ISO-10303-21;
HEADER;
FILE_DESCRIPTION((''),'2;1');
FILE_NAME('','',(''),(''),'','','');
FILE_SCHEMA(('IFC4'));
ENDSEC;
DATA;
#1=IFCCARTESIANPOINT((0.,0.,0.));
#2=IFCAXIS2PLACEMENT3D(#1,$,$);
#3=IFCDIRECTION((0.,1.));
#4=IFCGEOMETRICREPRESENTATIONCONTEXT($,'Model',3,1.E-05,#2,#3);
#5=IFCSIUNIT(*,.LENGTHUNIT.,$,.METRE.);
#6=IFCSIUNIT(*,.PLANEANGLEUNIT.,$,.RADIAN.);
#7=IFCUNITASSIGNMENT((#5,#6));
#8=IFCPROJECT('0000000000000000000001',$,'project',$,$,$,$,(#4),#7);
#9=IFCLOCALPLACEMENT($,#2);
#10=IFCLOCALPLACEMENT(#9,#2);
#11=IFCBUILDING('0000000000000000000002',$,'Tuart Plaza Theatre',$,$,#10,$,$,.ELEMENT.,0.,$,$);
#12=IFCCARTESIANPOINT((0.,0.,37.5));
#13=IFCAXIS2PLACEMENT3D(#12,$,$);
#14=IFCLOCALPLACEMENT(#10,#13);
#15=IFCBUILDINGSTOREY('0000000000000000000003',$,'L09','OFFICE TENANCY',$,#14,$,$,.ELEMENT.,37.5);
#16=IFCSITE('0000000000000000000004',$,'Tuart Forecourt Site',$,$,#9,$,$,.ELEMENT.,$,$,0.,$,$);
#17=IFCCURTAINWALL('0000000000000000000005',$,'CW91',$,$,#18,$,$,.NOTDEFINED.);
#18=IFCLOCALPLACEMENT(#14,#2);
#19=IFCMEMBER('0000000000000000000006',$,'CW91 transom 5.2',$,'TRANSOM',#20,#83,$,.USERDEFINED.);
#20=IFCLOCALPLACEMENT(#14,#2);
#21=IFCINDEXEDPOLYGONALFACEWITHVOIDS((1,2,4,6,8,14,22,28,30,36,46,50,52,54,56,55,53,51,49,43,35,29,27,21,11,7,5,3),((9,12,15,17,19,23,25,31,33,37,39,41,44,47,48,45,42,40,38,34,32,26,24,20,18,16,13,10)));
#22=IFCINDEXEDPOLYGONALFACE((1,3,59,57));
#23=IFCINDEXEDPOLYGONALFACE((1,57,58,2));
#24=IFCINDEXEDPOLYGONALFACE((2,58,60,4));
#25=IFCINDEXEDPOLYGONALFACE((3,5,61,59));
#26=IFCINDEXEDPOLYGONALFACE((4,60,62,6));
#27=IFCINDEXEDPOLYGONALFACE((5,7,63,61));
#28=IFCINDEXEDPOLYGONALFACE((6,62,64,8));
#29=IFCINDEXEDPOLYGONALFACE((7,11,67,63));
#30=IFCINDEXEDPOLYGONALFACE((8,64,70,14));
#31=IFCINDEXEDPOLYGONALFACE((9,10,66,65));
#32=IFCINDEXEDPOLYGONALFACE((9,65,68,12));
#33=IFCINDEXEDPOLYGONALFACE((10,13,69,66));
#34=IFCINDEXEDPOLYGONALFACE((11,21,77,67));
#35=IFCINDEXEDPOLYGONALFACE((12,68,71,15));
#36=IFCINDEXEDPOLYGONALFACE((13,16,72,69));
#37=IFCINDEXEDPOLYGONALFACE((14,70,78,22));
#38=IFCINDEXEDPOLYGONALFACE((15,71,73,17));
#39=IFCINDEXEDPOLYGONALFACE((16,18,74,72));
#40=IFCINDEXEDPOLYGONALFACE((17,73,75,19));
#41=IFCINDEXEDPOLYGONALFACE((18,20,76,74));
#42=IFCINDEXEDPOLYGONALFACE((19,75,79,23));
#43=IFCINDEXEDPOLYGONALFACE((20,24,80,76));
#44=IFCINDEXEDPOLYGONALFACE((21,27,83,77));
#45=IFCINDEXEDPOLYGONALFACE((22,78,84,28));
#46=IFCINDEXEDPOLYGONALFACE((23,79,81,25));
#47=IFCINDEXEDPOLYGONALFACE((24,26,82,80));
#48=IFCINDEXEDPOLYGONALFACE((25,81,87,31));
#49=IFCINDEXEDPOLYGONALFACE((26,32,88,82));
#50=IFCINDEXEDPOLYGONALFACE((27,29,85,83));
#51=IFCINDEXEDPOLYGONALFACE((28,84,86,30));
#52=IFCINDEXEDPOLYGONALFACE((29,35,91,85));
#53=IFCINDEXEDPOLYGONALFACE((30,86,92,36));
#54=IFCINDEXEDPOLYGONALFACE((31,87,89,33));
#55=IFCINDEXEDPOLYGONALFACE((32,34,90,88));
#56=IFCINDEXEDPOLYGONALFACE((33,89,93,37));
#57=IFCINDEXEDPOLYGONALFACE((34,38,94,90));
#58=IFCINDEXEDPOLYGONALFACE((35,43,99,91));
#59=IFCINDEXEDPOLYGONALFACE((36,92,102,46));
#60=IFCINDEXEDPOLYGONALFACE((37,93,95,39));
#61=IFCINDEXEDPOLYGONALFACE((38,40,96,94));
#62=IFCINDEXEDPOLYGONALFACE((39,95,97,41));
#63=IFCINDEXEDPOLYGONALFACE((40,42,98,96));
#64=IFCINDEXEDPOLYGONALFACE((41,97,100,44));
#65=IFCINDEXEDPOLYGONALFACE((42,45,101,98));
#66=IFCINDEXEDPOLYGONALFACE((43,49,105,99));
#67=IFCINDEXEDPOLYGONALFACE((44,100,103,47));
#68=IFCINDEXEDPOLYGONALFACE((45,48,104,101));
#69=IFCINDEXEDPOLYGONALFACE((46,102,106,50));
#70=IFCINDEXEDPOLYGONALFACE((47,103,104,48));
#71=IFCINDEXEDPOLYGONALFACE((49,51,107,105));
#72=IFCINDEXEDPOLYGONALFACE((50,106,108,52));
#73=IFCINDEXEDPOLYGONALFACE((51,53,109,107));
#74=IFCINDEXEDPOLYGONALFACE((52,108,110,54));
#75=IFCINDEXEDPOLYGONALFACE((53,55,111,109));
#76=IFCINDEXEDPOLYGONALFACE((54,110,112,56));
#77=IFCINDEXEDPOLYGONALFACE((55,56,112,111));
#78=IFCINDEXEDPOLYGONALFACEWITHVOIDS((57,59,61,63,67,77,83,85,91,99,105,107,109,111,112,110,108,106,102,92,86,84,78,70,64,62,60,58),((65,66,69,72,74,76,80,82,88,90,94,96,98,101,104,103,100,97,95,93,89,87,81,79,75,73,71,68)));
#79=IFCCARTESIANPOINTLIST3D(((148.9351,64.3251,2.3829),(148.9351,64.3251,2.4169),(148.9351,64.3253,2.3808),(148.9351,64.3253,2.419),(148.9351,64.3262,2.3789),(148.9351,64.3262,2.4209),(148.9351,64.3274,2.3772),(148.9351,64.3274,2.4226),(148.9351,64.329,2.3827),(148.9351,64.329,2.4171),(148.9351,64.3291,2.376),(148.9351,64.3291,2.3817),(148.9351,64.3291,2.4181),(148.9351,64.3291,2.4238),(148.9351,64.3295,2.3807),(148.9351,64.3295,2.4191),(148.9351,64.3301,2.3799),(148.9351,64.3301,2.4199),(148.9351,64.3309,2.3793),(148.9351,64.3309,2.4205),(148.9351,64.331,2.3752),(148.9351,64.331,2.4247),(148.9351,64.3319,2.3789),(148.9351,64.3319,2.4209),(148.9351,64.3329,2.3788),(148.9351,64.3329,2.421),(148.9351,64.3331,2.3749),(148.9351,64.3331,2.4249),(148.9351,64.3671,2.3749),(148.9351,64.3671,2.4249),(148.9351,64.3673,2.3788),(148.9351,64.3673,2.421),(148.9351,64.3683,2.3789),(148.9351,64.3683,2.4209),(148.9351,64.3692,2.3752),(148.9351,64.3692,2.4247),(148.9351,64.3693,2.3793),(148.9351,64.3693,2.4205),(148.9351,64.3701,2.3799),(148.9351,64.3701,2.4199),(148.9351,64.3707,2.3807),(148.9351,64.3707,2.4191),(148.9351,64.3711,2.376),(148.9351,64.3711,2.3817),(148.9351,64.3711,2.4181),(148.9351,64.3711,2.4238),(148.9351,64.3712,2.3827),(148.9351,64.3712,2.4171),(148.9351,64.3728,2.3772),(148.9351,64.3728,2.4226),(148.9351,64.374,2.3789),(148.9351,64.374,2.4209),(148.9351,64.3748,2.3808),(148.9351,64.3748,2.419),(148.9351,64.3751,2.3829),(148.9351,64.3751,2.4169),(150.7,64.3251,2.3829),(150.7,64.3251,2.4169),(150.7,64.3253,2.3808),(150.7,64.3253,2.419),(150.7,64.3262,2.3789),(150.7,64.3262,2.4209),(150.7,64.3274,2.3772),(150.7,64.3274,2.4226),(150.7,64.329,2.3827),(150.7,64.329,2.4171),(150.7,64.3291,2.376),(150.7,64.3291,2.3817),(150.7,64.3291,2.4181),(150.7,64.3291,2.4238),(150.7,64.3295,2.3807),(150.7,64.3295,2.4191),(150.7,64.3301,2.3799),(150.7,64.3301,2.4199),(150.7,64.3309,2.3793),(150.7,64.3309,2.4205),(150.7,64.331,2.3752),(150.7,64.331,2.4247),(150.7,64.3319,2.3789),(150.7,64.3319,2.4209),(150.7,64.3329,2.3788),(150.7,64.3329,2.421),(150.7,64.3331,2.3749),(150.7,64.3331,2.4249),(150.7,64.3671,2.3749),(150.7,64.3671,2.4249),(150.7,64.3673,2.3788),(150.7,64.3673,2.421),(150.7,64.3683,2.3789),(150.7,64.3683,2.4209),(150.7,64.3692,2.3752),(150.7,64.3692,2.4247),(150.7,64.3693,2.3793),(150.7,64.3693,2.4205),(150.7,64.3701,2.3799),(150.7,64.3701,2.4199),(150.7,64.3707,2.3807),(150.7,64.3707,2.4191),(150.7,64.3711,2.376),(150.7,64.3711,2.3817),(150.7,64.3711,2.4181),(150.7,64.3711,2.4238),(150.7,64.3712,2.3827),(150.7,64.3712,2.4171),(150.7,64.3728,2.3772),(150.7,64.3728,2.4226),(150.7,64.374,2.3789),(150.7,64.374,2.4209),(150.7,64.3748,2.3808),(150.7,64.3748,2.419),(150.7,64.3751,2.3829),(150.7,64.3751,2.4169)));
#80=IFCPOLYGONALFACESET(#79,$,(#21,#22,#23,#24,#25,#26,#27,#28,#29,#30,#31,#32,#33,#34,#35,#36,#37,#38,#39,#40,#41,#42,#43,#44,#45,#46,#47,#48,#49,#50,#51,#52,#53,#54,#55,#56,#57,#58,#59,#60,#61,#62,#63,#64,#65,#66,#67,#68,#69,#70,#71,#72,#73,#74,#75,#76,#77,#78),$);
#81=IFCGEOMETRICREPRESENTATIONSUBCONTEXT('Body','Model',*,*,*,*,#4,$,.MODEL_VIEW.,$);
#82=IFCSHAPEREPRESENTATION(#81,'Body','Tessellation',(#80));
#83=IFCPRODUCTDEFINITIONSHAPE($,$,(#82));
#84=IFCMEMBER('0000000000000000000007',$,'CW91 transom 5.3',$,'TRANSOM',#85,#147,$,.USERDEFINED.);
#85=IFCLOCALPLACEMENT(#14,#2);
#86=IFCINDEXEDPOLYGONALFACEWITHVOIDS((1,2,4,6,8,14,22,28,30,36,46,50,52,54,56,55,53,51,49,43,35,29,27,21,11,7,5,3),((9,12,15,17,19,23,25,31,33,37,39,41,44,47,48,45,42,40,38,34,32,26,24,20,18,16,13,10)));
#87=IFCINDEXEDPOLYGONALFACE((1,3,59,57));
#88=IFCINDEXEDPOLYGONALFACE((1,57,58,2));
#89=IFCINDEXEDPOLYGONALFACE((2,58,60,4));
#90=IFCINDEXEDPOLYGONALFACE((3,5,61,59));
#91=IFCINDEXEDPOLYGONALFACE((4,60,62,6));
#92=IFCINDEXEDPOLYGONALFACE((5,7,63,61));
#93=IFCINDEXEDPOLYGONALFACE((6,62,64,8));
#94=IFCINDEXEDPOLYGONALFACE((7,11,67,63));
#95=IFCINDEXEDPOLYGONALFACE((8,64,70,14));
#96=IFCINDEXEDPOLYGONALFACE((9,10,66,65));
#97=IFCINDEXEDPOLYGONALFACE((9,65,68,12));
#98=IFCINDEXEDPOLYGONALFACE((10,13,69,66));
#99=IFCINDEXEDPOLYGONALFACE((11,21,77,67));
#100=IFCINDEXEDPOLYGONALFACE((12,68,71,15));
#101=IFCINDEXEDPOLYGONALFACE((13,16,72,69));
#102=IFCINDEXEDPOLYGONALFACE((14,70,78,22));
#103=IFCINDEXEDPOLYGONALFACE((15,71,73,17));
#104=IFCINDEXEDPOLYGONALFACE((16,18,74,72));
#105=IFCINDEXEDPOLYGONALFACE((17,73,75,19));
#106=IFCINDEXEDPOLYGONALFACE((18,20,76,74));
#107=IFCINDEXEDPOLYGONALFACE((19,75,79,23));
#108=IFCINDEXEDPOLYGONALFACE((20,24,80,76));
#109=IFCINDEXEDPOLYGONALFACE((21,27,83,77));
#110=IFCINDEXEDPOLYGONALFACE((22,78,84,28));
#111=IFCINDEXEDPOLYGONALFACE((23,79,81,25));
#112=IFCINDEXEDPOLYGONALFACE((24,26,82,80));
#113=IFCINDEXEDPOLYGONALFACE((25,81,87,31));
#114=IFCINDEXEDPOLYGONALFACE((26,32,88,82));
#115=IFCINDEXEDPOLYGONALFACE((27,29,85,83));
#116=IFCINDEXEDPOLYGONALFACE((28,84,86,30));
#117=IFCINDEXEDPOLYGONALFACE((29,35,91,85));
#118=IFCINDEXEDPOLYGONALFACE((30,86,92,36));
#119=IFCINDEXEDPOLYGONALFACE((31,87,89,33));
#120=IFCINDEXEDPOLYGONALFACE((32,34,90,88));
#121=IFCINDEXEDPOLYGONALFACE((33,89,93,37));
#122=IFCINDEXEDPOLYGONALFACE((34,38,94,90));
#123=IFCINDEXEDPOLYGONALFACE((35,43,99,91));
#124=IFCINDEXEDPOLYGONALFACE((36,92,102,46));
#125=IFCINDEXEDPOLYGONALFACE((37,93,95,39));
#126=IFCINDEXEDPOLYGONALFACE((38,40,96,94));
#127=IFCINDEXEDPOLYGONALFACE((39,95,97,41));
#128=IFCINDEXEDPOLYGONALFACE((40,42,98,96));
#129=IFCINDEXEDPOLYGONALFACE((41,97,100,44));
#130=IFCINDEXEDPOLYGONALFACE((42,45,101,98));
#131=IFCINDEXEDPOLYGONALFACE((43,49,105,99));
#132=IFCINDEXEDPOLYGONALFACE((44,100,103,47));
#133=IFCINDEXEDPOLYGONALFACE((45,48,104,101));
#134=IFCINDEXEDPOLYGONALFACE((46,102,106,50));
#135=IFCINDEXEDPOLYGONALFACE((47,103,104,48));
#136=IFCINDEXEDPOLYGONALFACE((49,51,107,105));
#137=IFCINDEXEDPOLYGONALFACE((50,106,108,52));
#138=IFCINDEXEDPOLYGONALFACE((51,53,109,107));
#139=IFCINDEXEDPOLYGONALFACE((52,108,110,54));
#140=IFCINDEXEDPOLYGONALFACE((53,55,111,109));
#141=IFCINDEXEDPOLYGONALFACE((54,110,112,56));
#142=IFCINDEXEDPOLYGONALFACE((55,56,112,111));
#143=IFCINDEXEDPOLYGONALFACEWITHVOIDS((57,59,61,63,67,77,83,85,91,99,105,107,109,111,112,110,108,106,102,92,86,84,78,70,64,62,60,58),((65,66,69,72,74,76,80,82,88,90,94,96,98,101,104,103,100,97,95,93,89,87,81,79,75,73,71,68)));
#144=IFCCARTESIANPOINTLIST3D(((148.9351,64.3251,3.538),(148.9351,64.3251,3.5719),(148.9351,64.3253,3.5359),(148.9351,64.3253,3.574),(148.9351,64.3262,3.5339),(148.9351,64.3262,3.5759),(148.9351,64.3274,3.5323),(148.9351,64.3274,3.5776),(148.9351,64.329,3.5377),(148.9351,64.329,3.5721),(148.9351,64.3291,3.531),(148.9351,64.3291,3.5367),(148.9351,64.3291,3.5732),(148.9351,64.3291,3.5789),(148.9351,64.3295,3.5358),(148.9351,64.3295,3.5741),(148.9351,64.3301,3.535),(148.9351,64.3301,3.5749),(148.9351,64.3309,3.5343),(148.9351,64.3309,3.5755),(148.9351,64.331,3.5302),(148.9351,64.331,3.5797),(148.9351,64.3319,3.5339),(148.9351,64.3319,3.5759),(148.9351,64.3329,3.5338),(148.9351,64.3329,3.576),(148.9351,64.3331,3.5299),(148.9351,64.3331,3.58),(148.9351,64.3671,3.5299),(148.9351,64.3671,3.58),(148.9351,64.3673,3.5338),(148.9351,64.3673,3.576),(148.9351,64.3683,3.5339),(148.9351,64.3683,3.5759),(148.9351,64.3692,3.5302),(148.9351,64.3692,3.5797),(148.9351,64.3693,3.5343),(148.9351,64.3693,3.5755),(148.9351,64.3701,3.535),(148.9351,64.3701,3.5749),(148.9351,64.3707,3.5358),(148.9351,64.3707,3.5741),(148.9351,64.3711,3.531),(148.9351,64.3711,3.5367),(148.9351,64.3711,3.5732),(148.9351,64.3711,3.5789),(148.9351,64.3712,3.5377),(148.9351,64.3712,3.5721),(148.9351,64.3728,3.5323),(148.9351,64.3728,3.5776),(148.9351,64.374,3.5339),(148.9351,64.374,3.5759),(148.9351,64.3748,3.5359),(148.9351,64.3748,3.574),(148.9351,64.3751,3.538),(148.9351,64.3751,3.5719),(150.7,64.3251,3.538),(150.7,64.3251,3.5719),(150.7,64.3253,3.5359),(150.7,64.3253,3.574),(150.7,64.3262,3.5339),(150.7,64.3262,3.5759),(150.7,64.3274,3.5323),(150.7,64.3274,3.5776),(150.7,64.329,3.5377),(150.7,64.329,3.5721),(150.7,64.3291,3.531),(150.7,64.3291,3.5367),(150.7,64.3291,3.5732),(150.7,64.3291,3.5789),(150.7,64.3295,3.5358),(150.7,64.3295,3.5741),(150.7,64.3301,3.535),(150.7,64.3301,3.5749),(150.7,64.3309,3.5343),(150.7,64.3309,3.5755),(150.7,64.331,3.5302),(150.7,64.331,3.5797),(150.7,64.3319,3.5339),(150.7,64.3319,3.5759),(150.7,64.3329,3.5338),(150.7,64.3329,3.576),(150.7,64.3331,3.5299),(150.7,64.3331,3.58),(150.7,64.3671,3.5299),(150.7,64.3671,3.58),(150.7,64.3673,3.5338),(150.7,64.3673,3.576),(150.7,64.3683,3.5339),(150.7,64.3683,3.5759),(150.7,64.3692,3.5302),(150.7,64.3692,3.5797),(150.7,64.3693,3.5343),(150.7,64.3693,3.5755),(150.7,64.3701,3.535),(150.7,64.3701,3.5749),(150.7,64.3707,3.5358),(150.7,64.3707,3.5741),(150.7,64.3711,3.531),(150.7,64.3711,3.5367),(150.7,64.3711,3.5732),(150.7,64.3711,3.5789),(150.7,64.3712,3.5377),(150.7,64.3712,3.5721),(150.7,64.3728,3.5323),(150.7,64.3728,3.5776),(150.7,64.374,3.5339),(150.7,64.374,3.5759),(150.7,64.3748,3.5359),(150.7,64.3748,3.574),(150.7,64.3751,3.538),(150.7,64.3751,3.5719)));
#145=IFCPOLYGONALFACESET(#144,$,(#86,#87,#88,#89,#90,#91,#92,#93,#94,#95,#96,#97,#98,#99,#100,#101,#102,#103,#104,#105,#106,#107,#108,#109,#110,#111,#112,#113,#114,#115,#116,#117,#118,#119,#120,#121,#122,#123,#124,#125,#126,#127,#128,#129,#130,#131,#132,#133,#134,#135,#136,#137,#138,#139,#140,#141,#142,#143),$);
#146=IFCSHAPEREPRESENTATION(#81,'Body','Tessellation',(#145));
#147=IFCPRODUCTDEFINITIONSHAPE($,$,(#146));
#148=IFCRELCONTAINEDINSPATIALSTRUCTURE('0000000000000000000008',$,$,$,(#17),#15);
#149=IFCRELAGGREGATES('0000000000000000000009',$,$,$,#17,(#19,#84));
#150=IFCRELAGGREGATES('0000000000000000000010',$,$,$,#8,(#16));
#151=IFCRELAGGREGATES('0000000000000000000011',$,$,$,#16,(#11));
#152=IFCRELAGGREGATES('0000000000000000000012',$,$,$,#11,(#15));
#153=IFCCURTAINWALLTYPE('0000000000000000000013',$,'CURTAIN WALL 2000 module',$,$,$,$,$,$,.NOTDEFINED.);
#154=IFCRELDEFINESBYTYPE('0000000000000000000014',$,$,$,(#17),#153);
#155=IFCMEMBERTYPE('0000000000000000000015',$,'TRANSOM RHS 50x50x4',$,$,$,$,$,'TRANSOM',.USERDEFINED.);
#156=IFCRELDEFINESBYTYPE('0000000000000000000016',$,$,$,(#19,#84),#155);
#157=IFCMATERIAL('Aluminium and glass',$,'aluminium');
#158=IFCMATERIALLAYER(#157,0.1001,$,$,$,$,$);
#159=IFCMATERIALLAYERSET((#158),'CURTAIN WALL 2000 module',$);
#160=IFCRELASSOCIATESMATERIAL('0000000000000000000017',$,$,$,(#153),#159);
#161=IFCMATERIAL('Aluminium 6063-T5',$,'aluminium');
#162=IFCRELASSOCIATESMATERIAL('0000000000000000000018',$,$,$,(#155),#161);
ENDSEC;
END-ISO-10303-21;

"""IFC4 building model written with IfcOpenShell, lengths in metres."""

from ifc_helpers import new_model, si_unit, direction, frame, origin, origin_2d, place, context, subcontext, project, spatial, hollow_rectangle, extrude, material, layer, layer_set, material_profile, profile_set, type_object, element, aggregate, save


model = new_model("IFC4")

# Units and contexts
model_context = context("Model", 3, precision=1e-05, world=origin(), true_north=direction((0.0, 1.0)))
body_context = subcontext(model_context, "Body", "Model", "MODEL_VIEW")
ifc_project = project(units=[si_unit("LENGTHUNIT", "METRE"), si_unit("PLANEANGLEUNIT", "RADIAN")], contexts=[model_context])

# Site, building, storey
site_placement = place(None, origin())
site = spatial("IfcSite", under=ifc_project, at=site_placement, Name="Tuart Forecourt Site", CompositionType="ELEMENT", RefElevation=0.0)
building_placement = place(site_placement, origin())
building = spatial("IfcBuilding", under=site, at=building_placement, Name="Tuart Plaza Theatre", CompositionType="ELEMENT", ElevationOfRefHeight=0.0)
storey_placement = place(building_placement, frame((0.0, 0.0, 37.5)))
storey = spatial("IfcBuildingStorey", under=building, at=storey_placement, Name="L09", Description="OFFICE TENANCY", CompositionType="ELEMENT", Elevation=37.5)

# Curtain wall
ifc_material_1 = material(Name="Aluminium and glass", Category="aluminium")
ifc_layer_1 = layer(ifc_material_1, 0.1001)
ifc_layer_set_1 = layer_set([ifc_layer_1], Name="CURTAIN WALL 2000 module")
curtain_wall_type = type_object("IfcCurtainWallType", Name="CURTAIN WALL 2000 module", PredefinedType="NOTDEFINED", material=ifc_layer_set_1)
curtain_wall_1_placement = place(storey_placement, origin())
curtain_wall_1 = element("IfcCurtainWall", 1, at=curtain_wall_1_placement, inside=storey, type_object=curtain_wall_type, Name="CW91", PredefinedType="NOTDEFINED")

# Members
ifc_material_2 = material(Name="Aluminium 6063-T5", Category="aluminium")
ifc_material_profile_1 = material_profile(ifc_material_2, hollow_rectangle(XDim=0.05, YDim=0.05, WallThickness=0.0039, InnerFilletRadius=0.0039, OuterFilletRadius=0.0081, at=origin_2d()), Name="RHS 50x50x4")
ifc_profile_set_1 = profile_set([ifc_material_profile_1], Name="Aluminium 6063-T5")
member_type_1 = type_object("IfcMemberType", Name="TRANSOM RHS 50x50x4", ElementType="TRANSOM", PredefinedType="USERDEFINED", material=ifc_profile_set_1)
member_1_placement = place(storey_placement, frame((148.9351, 64.3501, 2.3999), z_axis=(1.0, 0.0, 0.0), x_axis=(0.0, 1.0, 0.0)))
member_1 = element("IfcMember", 2, at=member_1_placement, type_object=member_type_1, Name="CW91 transom 5.2", ObjectType="TRANSOM", PredefinedType="USERDEFINED", context=body_context, shape_type="SweptSolid", body=[
    extrude(hollow_rectangle(XDim=0.05, YDim=0.05, WallThickness=0.0039, InnerFilletRadius=0.0039, OuterFilletRadius=0.0081, at=origin_2d()), origin(), (0.0, 0.0, 1.0), 1.7649),
])
member_2_placement = place(storey_placement, frame((148.9351, 64.3501, 3.5549), z_axis=(1.0, 0.0, 0.0), x_axis=(0.0, 1.0, 0.0)))
member_2 = element("IfcMember", 3, at=member_2_placement, type_object=member_type_1, Name="CW91 transom 5.3", ObjectType="TRANSOM", PredefinedType="USERDEFINED", context=body_context, shape_type="SweptSolid", body=[
    extrude(hollow_rectangle(XDim=0.05, YDim=0.05, WallThickness=0.0039, InnerFilletRadius=0.0039, OuterFilletRadius=0.0081, at=origin_2d()), origin(), (0.0, 0.0, 1.0), 1.7649),
])

aggregate(curtain_wall_1, [member_1, member_2])

save(model, "model.ifc")
